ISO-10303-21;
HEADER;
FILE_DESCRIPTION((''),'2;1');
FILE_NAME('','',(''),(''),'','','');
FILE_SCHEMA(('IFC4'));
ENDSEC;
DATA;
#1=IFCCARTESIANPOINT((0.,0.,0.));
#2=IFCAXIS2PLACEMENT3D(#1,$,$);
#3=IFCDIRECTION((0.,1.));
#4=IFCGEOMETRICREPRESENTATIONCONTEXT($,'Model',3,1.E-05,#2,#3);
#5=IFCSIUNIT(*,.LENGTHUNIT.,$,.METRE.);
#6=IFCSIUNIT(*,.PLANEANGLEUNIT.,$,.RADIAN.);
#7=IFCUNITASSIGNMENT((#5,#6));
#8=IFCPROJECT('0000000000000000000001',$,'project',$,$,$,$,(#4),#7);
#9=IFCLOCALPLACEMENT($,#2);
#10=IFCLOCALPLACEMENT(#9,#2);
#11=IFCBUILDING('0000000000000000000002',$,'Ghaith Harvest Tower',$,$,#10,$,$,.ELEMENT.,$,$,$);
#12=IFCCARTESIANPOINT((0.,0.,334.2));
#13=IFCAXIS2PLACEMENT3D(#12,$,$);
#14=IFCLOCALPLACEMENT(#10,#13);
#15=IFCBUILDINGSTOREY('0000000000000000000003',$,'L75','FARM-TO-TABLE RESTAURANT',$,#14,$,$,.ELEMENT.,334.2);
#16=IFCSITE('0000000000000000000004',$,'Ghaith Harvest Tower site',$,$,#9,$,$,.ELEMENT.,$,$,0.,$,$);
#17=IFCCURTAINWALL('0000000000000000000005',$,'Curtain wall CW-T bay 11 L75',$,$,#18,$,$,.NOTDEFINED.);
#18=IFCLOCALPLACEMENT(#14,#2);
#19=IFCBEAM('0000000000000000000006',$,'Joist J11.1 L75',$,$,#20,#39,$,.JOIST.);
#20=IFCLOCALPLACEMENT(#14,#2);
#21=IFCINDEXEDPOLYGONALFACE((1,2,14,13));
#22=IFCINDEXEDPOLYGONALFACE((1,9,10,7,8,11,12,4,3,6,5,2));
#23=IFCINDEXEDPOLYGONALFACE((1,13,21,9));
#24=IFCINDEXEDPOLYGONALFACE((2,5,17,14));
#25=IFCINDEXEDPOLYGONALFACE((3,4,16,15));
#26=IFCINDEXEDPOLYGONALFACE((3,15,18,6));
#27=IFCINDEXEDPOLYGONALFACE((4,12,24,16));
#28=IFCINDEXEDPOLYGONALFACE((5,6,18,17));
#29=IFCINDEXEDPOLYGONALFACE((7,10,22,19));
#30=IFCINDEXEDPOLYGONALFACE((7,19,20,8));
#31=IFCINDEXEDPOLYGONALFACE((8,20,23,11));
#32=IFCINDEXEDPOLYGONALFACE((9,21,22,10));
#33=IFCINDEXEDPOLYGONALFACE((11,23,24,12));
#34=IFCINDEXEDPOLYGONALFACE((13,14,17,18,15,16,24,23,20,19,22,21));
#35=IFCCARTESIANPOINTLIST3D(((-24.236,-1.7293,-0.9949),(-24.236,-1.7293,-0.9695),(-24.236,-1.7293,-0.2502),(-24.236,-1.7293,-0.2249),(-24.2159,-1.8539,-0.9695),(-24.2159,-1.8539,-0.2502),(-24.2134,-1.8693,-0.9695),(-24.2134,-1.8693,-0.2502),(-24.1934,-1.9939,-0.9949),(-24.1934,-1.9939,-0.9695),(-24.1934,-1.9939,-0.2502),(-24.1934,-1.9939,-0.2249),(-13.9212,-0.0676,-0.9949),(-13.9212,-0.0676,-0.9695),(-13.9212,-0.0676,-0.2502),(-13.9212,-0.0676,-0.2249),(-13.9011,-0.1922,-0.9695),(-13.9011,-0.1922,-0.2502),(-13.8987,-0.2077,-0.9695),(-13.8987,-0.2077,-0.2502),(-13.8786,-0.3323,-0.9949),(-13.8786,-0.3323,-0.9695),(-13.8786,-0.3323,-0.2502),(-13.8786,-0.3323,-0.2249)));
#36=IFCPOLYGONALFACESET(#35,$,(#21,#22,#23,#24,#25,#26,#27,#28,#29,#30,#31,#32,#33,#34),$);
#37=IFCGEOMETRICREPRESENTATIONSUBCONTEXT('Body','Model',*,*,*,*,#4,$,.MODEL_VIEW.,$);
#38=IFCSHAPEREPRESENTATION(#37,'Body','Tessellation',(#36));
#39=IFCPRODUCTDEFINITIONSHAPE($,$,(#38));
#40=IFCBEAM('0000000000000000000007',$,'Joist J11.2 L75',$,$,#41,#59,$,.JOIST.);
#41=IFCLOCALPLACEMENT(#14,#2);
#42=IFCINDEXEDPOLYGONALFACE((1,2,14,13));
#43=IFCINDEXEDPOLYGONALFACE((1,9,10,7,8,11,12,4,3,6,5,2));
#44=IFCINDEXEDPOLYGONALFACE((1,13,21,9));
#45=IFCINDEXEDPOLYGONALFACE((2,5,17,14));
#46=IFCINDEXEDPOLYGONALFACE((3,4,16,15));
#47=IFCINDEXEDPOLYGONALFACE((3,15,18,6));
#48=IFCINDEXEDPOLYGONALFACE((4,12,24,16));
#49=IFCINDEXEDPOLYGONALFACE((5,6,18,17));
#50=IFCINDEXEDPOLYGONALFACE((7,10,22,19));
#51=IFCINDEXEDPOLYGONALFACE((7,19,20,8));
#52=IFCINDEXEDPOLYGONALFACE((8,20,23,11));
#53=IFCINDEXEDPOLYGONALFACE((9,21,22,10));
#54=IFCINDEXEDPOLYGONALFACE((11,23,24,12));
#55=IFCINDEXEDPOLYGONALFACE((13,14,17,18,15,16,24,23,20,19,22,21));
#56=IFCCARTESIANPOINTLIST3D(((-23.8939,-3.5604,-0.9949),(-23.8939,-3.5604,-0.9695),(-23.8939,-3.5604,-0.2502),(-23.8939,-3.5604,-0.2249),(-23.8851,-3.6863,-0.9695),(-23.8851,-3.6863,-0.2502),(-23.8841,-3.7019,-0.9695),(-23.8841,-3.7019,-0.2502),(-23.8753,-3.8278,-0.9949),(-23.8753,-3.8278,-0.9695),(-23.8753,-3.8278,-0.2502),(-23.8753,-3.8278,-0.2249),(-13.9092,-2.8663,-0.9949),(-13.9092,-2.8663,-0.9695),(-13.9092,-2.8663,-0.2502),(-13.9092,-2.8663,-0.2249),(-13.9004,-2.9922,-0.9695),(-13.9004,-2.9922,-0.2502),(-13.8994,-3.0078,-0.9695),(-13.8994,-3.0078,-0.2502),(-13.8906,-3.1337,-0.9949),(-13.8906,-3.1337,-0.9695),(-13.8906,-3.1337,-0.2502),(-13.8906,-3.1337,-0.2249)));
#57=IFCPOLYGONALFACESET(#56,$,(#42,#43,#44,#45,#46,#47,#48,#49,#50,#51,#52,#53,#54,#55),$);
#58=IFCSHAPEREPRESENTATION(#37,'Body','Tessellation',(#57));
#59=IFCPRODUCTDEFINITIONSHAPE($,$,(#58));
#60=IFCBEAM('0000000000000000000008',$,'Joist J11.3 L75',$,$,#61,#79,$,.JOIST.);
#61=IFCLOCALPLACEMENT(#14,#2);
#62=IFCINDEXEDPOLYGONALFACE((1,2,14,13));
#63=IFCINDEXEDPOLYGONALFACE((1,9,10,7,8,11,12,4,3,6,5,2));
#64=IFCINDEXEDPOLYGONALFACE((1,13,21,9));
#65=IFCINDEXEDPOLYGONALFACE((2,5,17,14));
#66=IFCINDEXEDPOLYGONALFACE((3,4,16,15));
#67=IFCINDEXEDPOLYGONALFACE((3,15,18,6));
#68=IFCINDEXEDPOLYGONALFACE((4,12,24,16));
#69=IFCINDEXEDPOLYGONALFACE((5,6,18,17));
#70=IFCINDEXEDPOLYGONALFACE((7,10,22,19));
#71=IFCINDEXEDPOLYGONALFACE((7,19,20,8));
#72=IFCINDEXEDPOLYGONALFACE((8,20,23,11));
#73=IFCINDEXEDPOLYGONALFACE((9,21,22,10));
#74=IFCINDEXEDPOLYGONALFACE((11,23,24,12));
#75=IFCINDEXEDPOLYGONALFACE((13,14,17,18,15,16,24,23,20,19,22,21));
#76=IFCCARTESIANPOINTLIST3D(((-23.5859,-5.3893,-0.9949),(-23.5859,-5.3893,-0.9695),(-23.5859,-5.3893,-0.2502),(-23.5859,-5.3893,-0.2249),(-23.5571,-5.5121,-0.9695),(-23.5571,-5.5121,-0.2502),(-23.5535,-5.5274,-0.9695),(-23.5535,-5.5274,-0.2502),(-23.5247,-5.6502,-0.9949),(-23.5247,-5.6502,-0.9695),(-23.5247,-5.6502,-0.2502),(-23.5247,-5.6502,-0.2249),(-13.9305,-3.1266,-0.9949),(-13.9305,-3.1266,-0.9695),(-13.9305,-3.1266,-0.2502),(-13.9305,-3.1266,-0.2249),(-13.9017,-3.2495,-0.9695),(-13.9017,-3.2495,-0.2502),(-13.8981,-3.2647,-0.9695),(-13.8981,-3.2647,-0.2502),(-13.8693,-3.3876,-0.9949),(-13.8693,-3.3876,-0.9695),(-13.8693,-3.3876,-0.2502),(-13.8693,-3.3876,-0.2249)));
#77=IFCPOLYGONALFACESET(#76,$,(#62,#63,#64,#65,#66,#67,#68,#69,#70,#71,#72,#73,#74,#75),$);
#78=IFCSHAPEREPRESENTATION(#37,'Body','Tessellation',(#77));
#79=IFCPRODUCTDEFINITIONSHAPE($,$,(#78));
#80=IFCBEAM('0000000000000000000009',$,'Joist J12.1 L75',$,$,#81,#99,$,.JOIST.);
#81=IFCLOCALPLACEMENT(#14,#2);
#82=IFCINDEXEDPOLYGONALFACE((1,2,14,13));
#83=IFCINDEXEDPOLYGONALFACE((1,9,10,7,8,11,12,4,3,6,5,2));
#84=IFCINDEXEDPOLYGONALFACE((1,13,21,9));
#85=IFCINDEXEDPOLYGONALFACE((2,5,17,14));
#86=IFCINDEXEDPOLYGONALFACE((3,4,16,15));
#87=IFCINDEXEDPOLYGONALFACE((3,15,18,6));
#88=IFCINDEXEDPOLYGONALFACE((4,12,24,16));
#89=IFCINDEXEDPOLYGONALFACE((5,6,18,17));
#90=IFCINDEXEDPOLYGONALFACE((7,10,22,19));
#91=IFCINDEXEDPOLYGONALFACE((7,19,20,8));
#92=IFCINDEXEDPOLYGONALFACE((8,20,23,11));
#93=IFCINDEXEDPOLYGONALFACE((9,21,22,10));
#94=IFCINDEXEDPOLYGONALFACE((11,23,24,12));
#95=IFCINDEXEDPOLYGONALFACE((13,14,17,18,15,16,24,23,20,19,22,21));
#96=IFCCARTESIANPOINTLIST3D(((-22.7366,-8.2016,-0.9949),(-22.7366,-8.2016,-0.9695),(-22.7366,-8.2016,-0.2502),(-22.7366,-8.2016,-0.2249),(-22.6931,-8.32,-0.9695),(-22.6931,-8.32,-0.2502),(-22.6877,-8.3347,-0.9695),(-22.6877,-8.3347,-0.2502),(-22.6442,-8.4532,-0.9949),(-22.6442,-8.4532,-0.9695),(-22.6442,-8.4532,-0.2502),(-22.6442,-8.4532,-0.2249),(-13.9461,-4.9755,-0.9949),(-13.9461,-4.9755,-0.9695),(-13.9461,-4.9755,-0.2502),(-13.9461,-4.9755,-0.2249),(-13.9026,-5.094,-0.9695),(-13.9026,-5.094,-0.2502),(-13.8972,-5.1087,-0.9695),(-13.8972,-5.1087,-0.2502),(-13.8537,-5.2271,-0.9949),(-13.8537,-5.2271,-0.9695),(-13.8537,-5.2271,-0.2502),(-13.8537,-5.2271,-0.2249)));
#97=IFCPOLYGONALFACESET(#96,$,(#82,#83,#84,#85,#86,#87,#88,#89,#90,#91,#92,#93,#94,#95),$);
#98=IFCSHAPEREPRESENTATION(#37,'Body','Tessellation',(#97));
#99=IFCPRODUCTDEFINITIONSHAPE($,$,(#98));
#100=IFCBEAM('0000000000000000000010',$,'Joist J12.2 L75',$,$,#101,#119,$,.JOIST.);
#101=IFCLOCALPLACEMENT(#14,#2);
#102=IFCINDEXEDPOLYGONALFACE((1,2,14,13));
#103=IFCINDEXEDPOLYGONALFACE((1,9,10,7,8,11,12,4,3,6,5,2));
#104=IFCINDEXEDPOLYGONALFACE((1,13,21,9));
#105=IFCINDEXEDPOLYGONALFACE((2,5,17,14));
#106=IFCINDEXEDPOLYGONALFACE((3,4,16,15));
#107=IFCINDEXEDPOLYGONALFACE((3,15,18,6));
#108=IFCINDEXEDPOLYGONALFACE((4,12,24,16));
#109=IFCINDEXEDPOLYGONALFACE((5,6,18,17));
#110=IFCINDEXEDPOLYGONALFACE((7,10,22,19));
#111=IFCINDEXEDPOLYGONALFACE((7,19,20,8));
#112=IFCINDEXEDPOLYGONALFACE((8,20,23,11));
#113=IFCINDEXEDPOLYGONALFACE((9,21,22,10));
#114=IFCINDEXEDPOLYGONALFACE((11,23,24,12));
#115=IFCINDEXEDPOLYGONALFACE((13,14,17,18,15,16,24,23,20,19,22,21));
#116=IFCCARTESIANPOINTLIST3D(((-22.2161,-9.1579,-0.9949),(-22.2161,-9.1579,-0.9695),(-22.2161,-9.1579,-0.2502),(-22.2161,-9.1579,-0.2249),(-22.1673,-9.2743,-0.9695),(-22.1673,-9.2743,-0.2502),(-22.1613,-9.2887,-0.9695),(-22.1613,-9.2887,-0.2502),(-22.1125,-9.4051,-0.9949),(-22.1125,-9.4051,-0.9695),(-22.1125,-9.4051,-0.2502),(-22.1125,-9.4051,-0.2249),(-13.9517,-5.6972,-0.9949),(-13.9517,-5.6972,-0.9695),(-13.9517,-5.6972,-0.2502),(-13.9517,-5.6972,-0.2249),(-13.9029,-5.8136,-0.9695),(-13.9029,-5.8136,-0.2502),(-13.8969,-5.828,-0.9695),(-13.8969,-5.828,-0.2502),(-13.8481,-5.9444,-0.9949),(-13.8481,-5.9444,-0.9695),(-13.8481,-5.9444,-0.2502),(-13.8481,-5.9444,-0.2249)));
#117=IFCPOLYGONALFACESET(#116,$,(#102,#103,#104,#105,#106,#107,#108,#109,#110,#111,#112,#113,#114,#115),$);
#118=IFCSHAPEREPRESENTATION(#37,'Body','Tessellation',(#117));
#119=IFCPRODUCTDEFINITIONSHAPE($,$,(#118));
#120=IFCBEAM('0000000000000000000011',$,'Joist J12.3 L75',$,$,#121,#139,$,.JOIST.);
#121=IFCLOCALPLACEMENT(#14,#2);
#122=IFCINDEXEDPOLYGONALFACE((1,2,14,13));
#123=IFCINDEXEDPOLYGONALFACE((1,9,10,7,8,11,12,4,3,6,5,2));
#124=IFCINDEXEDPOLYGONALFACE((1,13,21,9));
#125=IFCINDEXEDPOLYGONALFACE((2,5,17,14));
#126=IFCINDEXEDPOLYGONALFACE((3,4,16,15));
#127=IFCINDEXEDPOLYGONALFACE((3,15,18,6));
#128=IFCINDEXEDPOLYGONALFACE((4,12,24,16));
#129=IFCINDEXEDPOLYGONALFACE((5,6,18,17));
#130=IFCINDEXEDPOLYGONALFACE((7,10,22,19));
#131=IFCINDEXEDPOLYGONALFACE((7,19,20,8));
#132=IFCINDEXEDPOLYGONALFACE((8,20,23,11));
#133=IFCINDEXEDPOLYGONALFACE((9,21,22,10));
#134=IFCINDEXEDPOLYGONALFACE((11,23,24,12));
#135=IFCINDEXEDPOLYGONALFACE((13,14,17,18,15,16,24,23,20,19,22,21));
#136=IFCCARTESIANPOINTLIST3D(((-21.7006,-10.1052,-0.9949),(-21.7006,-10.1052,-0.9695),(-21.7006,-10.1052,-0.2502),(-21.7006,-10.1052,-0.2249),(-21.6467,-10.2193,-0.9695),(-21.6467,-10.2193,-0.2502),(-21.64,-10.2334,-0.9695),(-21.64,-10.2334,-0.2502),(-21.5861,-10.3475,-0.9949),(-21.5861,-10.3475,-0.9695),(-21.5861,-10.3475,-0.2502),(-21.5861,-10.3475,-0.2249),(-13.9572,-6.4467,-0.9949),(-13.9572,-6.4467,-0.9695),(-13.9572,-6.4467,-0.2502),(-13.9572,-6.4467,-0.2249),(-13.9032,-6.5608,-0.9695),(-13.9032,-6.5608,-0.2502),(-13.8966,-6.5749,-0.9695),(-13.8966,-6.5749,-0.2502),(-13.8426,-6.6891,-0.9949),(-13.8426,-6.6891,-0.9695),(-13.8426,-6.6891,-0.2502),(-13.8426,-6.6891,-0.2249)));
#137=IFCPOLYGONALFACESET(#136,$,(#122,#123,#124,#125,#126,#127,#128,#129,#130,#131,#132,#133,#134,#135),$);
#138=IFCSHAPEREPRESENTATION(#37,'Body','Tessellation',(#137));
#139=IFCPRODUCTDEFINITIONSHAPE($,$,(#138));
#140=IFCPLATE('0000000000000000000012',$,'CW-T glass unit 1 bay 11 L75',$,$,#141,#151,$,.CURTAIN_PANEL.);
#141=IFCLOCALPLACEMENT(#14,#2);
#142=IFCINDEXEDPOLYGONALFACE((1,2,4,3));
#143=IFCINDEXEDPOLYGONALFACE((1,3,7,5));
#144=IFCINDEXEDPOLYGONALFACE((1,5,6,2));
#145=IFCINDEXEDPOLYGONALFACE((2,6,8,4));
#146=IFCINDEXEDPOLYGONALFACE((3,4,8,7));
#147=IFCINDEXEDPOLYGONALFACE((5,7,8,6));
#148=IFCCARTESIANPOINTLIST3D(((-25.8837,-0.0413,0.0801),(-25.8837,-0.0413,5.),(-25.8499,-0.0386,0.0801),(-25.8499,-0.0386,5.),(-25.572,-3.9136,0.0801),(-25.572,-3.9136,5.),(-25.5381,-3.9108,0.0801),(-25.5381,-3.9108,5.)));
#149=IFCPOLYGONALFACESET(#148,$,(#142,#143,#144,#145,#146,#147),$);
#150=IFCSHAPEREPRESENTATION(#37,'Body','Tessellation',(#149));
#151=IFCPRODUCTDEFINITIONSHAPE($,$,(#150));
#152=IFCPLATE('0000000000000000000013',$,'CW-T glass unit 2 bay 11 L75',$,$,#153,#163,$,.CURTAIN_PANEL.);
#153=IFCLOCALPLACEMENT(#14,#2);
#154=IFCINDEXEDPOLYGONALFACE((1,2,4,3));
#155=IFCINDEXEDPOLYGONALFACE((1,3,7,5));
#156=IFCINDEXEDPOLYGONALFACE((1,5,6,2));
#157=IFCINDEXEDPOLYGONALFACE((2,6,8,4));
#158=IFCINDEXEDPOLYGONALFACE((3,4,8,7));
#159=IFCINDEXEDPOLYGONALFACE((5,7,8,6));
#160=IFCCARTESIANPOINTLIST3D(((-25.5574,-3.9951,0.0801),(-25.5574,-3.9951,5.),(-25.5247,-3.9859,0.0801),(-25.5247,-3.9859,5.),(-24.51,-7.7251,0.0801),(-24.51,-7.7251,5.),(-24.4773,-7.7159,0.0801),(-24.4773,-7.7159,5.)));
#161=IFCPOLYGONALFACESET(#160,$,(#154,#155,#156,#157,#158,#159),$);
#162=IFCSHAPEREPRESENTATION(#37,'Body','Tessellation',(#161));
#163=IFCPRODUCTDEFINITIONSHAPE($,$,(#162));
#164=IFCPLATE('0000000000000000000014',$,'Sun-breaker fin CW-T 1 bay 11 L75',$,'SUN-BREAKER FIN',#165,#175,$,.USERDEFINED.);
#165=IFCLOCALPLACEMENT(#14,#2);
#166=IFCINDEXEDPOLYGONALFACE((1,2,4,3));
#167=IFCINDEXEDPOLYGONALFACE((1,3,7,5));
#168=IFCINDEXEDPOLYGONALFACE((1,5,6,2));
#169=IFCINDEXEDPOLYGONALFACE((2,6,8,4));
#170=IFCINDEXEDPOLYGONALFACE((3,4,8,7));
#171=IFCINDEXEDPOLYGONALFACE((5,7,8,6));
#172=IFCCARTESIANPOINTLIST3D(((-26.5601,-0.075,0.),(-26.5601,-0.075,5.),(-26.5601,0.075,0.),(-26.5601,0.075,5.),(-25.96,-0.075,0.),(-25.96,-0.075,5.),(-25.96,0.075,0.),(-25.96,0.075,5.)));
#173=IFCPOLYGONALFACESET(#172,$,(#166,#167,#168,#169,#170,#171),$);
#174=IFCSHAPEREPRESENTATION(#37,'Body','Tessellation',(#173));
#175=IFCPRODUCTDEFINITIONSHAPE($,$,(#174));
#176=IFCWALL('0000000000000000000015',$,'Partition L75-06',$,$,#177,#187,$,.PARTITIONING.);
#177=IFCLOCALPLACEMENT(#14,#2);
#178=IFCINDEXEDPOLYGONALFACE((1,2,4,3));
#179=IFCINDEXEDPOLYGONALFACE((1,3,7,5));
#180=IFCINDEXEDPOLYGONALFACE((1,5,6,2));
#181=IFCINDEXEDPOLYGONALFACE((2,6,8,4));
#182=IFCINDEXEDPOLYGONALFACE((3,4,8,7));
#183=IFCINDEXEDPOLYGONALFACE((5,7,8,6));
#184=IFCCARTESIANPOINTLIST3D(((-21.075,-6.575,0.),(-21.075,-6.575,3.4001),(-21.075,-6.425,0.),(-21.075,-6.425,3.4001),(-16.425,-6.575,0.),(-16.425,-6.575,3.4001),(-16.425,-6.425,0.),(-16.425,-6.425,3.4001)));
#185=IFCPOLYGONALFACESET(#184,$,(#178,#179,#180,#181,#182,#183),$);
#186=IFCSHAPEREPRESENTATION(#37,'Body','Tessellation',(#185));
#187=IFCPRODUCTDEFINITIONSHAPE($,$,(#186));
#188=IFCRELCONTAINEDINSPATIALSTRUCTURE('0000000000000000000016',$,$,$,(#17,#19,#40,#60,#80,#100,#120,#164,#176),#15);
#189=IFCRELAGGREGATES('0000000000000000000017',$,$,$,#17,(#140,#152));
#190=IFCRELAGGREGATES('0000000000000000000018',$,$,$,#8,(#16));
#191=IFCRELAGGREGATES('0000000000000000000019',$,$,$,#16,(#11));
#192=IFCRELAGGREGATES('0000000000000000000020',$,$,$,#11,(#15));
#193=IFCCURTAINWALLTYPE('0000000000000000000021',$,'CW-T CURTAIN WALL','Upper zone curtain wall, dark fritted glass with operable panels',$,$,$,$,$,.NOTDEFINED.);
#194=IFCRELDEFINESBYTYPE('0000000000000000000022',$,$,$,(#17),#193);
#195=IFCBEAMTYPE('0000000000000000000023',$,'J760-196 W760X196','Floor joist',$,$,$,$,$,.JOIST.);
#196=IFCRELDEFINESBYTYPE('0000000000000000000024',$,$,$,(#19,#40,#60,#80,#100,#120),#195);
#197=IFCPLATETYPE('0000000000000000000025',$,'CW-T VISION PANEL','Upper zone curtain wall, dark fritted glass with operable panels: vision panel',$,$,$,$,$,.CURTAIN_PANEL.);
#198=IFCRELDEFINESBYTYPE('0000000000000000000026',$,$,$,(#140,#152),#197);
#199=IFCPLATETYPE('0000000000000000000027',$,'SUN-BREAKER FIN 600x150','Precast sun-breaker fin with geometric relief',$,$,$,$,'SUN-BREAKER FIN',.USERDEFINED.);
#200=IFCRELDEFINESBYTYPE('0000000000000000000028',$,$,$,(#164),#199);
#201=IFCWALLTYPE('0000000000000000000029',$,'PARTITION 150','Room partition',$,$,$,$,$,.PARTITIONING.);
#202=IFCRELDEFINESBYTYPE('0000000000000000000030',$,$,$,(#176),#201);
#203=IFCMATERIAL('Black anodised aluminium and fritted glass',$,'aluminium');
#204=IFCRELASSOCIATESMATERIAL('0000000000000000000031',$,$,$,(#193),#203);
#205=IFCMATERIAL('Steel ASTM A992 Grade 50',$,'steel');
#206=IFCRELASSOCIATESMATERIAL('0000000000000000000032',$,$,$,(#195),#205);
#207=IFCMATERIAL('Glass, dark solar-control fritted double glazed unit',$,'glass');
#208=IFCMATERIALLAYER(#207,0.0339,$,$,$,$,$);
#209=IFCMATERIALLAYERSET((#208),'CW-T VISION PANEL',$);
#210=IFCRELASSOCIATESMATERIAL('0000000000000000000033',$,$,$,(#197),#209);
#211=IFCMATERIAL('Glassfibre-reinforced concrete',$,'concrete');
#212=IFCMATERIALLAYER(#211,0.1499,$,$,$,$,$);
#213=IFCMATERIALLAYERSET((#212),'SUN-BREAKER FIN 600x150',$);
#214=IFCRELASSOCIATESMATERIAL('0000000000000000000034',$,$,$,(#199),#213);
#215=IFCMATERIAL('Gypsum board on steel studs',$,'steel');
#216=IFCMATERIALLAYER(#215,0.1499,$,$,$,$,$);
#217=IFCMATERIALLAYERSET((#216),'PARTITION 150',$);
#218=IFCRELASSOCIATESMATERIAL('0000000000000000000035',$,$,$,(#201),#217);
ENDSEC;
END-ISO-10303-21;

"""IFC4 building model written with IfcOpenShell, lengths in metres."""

from ifc_helpers import new_model, si_unit, direction, frame, frame_2d, origin, origin_2d, place, context, subcontext, project, spatial, rectangle, i_section, extrude, material, layer, layer_set, material_profile, profile_set, type_object, element, aggregate, save


model = new_model("IFC4")

# Units and contexts
model_context = context("Model", 3, precision=1e-05, world=origin(), true_north=direction((0.0, 1.0)))
body_context = subcontext(model_context, "Body", "Model", "MODEL_VIEW")
ifc_project = project(units=[si_unit("LENGTHUNIT", "METRE"), si_unit("PLANEANGLEUNIT", "RADIAN")], contexts=[model_context])

# Site, building, storey
site_placement = place(None, origin())
site = spatial("IfcSite", under=ifc_project, at=site_placement, Name="Ghaith Harvest Tower site", CompositionType="ELEMENT", RefElevation=0.0)
building_placement = place(site_placement, origin())
building = spatial("IfcBuilding", under=site, at=building_placement, Name="Ghaith Harvest Tower", CompositionType="ELEMENT")
storey_placement = place(building_placement, frame((0.0, 0.0, 334.2)))
storey = spatial("IfcBuildingStorey", under=building, at=storey_placement, Name="L75", Description="FARM-TO-TABLE RESTAURANT", CompositionType="ELEMENT", Elevation=334.2)

# Curtain wall
ifc_material_1 = material(Name="Black anodised aluminium and fritted glass", Category="aluminium")
curtain_wall_type = type_object("IfcCurtainWallType", Name="CW-T CURTAIN WALL", Description="Upper zone curtain wall, dark fritted glass with operable panels", PredefinedType="NOTDEFINED", material=ifc_material_1)
curtain_wall_placement = place(storey_placement, origin())
curtain_wall = element("IfcCurtainWall", 1, at=curtain_wall_placement, inside=storey, type_object=curtain_wall_type, Name="Curtain wall CW-T bay 11 L75", PredefinedType="NOTDEFINED")

# Beams
ifc_material_2 = material(Name="Steel ASTM A992 Grade 50", Category="steel")
ifc_material_profile_1 = material_profile(ifc_material_2, i_section(OverallWidth=0.2681, OverallDepth=0.77, WebThickness=0.0156, FlangeThickness=0.0254, at=origin_2d()), Name="W760X196")
ifc_profile_set_1 = profile_set([ifc_material_profile_1], Name="Steel ASTM A992 Grade 50")
beam_type_1 = type_object("IfcBeamType", Name="J760-196 W760X196", Description="Floor joist", PredefinedType="JOIST", material=ifc_profile_set_1)
beam_1_placement = place(storey_placement, frame((-13.8999, -0.2, -0.6099), z_axis=(-0.987272, -0.159042, 0.0), x_axis=(0.159042, -0.987272, 0.0)))
element("IfcBeam", 2, at=beam_1_placement, inside=storey, type_object=beam_type_1, Name="Joist J11.1 L75", PredefinedType="JOIST", context=body_context, shape_type="SweptSolid", body=[
    extrude(i_section(OverallWidth=0.2681, OverallDepth=0.77, WebThickness=0.0156, FlangeThickness=0.0254, at=origin_2d()), origin(), (0.0, 0.0, 1.0), 10.4478),
])
beam_2_placement = place(storey_placement, frame((-13.8999, -3.0, -0.6099), z_axis=(-0.997592, -0.069349, 0.0), x_axis=(0.069349, -0.997592, 0.0)))
element("IfcBeam", 3, at=beam_2_placement, inside=storey, type_object=beam_type_1, Name="Joist J11.2 L75", PredefinedType="JOIST", context=body_context, shape_type="SweptSolid", body=[
    extrude(i_section(OverallWidth=0.2681, OverallDepth=0.77, WebThickness=0.0156, FlangeThickness=0.0254, at=origin_2d()), origin(), (0.0, 0.0, 1.0), 10.0088),
])
beam_3_placement = place(storey_placement, frame((-13.8999, -3.2571, -0.6099), z_axis=(-0.973623, -0.228161, 0.0), x_axis=(0.228161, -0.973623, 0.0)))
element("IfcBeam", 4, at=beam_3_placement, inside=storey, type_object=beam_type_1, Name="Joist J11.3 L75", PredefinedType="JOIST", context=body_context, shape_type="SweptSolid", body=[
    extrude(i_section(OverallWidth=0.2681, OverallDepth=0.77, WebThickness=0.0156, FlangeThickness=0.0254, at=origin_2d()), origin(), (0.0, 0.0, 1.0), 9.917),
])
beam_4_placement = place(storey_placement, frame((-13.8999, -5.1013, -0.6099), z_axis=(-0.938777, -0.344526, 0.0), x_axis=(0.344526, -0.938777, 0.0)))
element("IfcBeam", 5, at=beam_4_placement, inside=storey, type_object=beam_type_1, Name="Joist J12.1 L75", PredefinedType="JOIST", context=body_context, shape_type="SweptSolid", body=[
    extrude(i_section(OverallWidth=0.2681, OverallDepth=0.77, WebThickness=0.0156, FlangeThickness=0.0254, at=origin_2d()), origin(), (0.0, 0.0, 1.0), 9.3638),
])
beam_5_placement = place(storey_placement, frame((-13.8999, -5.8208, -0.6099), z_axis=(-0.922394, -0.38625, 0.0), x_axis=(0.38625, -0.922394, 0.0)))
element("IfcBeam", 6, at=beam_5_placement, inside=storey, type_object=beam_type_1, Name="Joist J12.2 L75", PredefinedType="JOIST", context=body_context, shape_type="SweptSolid", body=[
    extrude(i_section(OverallWidth=0.2681, OverallDepth=0.77, WebThickness=0.0156, FlangeThickness=0.0254, at=origin_2d()), origin(), (0.0, 0.0, 1.0), 8.9597),
])
beam_6_placement = place(storey_placement, frame((-13.8999, -6.5679, -0.6099), z_axis=(-0.904166, -0.427182, 0.0), x_axis=(0.427182, -0.904166, 0.0)))
element("IfcBeam", 7, at=beam_6_placement, inside=storey, type_object=beam_type_1, Name="Joist J12.3 L75", PredefinedType="JOIST", context=body_context, shape_type="SweptSolid", body=[
    extrude(i_section(OverallWidth=0.2681, OverallDepth=0.77, WebThickness=0.0156, FlangeThickness=0.0254, at=origin_2d()), origin(), (0.0, 0.0, 1.0), 8.5642),
])

# Plates
ifc_material_3 = material(Name="Glass, dark solar-control fritted double glazed unit", Category="glass")
ifc_layer_1 = layer(ifc_material_3, 0.0339)
ifc_layer_set_1 = layer_set([ifc_layer_1], Name="CW-T VISION PANEL")
plate_type_1 = type_object("IfcPlateType", Name="CW-T VISION PANEL", Description="Upper zone curtain wall, dark fritted glass with operable panels: vision panel", PredefinedType="CURTAIN_PANEL", material=ifc_layer_set_1)
plate_1_placement = place(storey_placement, frame((-25.7109, -1.9761, 0.0801), z_axis=(0.0, 0.0, 1.0), x_axis=(0.080258, -0.996774, 0.0)))
plate_1 = element("IfcPlate", 8, at=plate_1_placement, type_object=plate_type_1, Name="CW-T glass unit 1 bay 11 L75", PredefinedType="CURTAIN_PANEL", context=body_context, shape_type="SweptSolid", body=[
    extrude(rectangle(XDim=3.8848, YDim=0.0339, at=origin_2d()), origin(), (0.0, 0.0, 1.0), 4.9199),
])
plate_2_placement = place(storey_placement, frame((-25.0173, -5.8555, 0.0801), z_axis=(0.0, 0.0, 1.0), x_axis=(0.270355, -0.962761, 0.0)))
plate_2 = element("IfcPlate", 9, at=plate_2_placement, type_object=plate_type_1, Name="CW-T glass unit 2 bay 11 L75", PredefinedType="CURTAIN_PANEL", context=body_context, shape_type="SweptSolid", body=[
    extrude(rectangle(XDim=3.8743, YDim=0.0339, at=origin_2d()), origin(), (0.0, 0.0, 1.0), 4.9199),
])
aggregate(curtain_wall, [plate_1, plate_2])
ifc_material_4 = material(Name="Glassfibre-reinforced concrete", Category="concrete")
ifc_layer_2 = layer(ifc_material_4, 0.1499)
ifc_layer_set_2 = layer_set([ifc_layer_2], Name="SUN-BREAKER FIN 600x150")
plate_type_2 = type_object("IfcPlateType", Name="SUN-BREAKER FIN 600x150", Description="Precast sun-breaker fin with geometric relief", ElementType="SUN-BREAKER FIN", PredefinedType="USERDEFINED", material=ifc_layer_set_2)
plate_3_placement = place(storey_placement, frame((-26.26, 0.0, 0.0), z_axis=(0.0, 0.0, 1.0), x_axis=(-1.0, 0.0, 0.0)))
element("IfcPlate", 10, at=plate_3_placement, inside=storey, type_object=plate_type_2, Name="Sun-breaker fin CW-T 1 bay 11 L75", ObjectType="SUN-BREAKER FIN", PredefinedType="USERDEFINED", context=body_context, shape_type="SweptSolid", body=[
    extrude(rectangle(XDim=0.6001, YDim=0.1499, at=origin_2d()), origin(), (0.0, 0.0, 1.0), 5.0),
])

# Wall
ifc_material_5 = material(Name="Gypsum board on steel studs", Category="steel")
ifc_layer_3 = layer(ifc_material_5, 0.1499)
ifc_layer_set_3 = layer_set([ifc_layer_3], Name="PARTITION 150")
wall_type = type_object("IfcWallType", Name="PARTITION 150", Description="Room partition", PredefinedType="PARTITIONING", material=ifc_layer_set_3)
wall_1_placement = place(storey_placement, frame((-21.075, -6.5, 0.0), z_axis=(0.0, 0.0, 1.0), x_axis=(1.0, 0.0, 0.0)))
element("IfcWall", 11, at=wall_1_placement, inside=storey, type_object=wall_type, Name="Partition L75-06", PredefinedType="PARTITIONING", context=body_context, shape_type="SweptSolid", body=[
    extrude(rectangle(XDim=4.6499, YDim=0.1499, at=frame_2d((2.325, 0.0))), origin(), (0.0, 0.0, 1.0), 3.4001),
])

save(model, "model.ifc")
